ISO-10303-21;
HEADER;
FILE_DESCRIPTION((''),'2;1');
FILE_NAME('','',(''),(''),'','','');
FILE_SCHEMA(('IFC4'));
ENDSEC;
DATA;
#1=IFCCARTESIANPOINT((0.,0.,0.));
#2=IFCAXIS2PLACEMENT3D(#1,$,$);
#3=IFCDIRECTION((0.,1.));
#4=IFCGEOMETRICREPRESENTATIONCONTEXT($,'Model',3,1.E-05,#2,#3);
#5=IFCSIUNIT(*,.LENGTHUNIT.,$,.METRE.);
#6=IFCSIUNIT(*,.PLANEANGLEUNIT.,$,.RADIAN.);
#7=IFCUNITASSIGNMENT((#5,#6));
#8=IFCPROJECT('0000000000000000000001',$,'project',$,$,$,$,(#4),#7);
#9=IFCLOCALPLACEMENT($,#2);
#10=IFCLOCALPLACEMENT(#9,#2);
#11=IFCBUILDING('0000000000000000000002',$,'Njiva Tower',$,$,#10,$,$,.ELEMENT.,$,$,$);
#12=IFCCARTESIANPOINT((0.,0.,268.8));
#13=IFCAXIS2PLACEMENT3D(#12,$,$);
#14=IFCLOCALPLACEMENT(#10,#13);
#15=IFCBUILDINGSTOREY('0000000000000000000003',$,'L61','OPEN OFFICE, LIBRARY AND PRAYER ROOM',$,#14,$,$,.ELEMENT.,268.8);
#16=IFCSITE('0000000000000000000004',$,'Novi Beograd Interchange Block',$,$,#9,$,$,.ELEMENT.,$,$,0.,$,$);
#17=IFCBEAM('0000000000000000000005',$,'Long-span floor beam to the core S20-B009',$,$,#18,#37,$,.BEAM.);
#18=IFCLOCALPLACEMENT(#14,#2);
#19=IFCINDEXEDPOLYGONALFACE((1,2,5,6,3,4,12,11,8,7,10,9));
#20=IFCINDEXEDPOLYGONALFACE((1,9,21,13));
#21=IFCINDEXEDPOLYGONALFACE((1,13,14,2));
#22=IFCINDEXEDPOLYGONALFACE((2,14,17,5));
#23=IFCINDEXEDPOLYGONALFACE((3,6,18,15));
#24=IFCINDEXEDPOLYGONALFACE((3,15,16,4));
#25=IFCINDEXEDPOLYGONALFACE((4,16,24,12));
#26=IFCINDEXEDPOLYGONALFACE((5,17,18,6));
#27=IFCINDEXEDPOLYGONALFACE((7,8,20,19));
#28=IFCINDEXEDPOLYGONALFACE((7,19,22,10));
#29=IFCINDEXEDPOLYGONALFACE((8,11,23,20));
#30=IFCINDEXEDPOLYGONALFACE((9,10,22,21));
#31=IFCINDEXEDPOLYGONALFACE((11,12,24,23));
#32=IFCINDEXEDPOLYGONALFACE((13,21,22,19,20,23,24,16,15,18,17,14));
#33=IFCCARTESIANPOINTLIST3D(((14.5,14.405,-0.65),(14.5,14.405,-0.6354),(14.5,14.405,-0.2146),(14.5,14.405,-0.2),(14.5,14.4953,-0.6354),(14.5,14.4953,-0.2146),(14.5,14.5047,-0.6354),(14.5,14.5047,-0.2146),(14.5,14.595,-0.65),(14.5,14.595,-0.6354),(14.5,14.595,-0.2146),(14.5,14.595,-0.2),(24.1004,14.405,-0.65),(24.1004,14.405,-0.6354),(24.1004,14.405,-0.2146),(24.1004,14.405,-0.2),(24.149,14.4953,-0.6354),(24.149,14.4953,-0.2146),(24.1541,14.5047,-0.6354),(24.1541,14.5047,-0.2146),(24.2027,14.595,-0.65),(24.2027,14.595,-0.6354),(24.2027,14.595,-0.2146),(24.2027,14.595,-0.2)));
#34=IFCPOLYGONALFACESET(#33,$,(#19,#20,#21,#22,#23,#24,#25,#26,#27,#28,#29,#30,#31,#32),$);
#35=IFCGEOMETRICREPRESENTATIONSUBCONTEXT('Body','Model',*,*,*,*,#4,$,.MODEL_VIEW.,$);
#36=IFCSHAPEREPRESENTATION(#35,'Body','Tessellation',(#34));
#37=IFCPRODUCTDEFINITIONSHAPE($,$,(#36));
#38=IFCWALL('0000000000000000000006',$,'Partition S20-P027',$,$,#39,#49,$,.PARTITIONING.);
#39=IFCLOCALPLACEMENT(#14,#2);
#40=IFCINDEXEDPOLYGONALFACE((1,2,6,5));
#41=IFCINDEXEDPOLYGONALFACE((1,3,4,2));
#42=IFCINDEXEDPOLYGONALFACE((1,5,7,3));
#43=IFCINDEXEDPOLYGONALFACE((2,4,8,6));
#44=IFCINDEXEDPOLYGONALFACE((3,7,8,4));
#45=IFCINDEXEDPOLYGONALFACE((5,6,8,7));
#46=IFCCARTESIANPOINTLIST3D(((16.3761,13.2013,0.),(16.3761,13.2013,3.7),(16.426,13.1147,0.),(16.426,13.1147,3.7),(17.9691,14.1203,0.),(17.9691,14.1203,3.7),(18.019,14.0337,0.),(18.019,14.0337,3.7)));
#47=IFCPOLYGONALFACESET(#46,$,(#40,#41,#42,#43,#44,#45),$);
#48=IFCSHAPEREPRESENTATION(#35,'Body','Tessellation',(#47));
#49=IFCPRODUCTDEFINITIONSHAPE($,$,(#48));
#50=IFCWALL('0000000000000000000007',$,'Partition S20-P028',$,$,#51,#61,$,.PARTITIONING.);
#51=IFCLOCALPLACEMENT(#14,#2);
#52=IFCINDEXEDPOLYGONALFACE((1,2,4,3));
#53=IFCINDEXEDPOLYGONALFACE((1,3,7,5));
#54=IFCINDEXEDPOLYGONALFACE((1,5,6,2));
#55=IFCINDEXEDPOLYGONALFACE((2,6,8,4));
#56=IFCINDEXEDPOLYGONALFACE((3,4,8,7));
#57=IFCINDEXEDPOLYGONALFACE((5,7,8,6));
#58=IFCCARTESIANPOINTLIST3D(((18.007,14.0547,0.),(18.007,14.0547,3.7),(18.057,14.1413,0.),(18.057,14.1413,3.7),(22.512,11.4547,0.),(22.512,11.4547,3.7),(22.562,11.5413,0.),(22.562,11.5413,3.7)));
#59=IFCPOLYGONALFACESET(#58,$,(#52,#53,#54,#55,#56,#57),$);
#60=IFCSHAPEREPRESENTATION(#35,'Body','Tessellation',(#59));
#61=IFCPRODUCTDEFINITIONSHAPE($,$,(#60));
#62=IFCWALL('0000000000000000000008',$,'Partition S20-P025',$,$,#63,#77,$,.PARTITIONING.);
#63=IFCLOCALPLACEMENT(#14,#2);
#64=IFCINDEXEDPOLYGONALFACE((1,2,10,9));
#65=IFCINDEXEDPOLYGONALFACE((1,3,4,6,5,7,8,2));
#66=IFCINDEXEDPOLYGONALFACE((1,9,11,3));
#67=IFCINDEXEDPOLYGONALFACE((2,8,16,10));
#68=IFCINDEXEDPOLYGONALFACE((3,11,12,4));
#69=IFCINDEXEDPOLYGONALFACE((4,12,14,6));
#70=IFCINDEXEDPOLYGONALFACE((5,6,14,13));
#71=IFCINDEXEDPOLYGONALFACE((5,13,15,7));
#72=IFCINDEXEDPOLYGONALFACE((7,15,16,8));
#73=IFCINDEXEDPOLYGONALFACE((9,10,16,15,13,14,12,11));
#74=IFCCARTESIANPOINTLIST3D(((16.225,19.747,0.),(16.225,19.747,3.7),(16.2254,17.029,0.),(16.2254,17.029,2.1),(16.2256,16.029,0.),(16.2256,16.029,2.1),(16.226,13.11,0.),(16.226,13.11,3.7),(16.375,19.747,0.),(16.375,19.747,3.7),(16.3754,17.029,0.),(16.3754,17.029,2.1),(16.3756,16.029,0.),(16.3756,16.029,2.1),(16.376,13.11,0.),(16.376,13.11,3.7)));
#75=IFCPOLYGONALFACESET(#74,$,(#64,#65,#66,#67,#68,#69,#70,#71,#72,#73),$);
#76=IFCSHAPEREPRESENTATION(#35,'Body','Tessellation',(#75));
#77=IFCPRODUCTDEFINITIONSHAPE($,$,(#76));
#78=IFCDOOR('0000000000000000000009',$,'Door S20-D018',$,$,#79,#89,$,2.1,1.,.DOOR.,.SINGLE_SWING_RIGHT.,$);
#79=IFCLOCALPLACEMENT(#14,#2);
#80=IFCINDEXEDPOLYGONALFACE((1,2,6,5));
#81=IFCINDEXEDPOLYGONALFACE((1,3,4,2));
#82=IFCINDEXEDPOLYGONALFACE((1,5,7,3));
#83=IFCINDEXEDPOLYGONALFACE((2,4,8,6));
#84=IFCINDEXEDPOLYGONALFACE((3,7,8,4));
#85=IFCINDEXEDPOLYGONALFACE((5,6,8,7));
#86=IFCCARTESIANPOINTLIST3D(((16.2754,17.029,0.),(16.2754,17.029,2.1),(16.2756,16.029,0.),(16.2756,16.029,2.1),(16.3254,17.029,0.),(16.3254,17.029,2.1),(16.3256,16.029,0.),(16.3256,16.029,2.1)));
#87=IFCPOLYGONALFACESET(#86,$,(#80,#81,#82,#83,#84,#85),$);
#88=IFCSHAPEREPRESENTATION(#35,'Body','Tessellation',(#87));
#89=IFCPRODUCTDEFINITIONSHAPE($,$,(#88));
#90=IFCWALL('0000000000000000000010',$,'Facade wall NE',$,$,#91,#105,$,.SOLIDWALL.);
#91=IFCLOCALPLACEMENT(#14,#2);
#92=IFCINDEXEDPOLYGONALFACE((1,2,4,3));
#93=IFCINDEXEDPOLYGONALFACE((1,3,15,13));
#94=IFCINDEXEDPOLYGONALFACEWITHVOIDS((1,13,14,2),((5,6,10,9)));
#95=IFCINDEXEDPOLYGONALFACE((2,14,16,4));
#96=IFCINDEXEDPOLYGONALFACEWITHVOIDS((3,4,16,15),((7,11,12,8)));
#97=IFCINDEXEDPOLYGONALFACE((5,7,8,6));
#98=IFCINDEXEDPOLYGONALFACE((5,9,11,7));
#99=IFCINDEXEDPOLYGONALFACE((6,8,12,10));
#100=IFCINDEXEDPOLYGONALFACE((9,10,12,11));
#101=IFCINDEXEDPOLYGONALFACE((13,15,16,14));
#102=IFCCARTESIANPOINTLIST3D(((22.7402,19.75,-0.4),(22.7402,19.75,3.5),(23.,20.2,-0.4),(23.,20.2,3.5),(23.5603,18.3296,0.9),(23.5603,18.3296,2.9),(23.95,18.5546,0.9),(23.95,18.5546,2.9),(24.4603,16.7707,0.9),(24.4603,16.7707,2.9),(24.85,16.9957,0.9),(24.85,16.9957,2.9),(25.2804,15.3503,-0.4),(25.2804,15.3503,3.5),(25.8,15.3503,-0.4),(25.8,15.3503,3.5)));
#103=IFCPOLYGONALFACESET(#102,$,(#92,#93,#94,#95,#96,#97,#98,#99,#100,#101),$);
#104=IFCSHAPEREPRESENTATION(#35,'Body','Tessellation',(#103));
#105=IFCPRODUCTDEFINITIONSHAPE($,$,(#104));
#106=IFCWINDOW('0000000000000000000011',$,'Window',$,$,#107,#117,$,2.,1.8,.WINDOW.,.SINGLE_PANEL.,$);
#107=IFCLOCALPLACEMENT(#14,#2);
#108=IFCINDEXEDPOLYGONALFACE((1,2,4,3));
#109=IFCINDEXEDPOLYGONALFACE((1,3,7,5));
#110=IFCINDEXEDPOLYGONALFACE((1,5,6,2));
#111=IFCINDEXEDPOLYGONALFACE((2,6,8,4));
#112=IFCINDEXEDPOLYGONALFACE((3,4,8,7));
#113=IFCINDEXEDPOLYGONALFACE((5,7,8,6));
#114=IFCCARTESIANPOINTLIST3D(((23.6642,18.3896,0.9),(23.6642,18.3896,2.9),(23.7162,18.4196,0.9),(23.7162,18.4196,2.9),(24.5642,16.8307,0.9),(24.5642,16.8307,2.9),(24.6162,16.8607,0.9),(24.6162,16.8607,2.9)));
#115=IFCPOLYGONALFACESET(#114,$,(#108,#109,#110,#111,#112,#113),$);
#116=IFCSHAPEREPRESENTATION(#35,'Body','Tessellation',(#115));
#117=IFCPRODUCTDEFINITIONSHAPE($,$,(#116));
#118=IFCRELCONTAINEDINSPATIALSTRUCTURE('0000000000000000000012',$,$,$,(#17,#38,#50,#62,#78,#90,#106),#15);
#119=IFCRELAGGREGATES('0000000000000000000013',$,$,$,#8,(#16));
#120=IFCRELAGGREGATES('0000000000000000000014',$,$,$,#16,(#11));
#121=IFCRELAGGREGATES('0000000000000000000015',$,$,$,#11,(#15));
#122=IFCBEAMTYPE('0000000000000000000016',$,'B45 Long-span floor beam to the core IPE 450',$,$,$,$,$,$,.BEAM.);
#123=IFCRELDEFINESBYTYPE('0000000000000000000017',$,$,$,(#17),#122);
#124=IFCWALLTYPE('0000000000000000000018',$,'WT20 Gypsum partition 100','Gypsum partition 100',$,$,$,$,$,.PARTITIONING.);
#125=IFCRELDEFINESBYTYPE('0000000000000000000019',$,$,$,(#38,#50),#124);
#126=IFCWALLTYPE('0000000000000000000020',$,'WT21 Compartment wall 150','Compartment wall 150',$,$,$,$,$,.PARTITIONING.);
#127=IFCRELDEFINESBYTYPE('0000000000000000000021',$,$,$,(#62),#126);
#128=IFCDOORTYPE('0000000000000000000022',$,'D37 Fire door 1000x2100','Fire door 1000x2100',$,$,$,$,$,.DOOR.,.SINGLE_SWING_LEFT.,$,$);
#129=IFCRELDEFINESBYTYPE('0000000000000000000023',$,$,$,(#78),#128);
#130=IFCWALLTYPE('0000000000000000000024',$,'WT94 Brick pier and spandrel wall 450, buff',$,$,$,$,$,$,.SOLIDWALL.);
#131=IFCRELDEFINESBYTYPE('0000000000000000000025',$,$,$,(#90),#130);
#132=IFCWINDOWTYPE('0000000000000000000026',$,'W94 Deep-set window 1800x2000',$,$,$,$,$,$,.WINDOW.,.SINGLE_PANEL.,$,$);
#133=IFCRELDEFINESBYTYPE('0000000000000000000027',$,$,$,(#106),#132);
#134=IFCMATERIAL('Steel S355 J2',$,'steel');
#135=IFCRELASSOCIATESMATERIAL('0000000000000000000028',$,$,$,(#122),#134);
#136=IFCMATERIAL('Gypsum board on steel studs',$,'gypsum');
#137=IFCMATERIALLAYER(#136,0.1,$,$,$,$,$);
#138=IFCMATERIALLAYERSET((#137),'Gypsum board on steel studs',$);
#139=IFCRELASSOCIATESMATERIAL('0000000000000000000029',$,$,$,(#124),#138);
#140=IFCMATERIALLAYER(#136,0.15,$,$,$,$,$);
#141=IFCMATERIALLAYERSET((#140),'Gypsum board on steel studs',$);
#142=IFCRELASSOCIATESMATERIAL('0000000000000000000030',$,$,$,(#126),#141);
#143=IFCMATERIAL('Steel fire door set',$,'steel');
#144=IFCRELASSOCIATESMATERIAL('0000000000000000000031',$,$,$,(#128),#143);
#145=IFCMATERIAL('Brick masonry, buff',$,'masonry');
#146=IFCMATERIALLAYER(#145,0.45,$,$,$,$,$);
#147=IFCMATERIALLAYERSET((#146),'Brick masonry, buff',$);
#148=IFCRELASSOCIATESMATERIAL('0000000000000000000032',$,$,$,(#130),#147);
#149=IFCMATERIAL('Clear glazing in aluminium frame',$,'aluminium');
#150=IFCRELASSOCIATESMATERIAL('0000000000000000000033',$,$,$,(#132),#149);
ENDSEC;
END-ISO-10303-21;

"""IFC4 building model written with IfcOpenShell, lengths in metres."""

from ifc_helpers import new_model, si_unit, direction, frame, frame_2d, origin, origin_2d, place, context, subcontext, project, spatial, polyline, rectangle, i_section, outline, extrude, clip, halfspace, material, layer, layer_set, material_profile, profile_set, type_object, element, fill, save


model = new_model("IFC4")

# Units and contexts
model_context = context("Model", 3, precision=1e-05, world=origin(), true_north=direction((0.0, 1.0)))
body_context = subcontext(model_context, "Body", "Model", "MODEL_VIEW")
ifc_project = project(units=[si_unit("LENGTHUNIT", "METRE"), si_unit("PLANEANGLEUNIT", "RADIAN")], contexts=[model_context])

# Site, building, storey
site_placement = place(None, origin())
site = spatial("IfcSite", under=ifc_project, at=site_placement, Name="Novi Beograd Interchange Block", CompositionType="ELEMENT", RefElevation=0.0)
building_placement = place(site_placement, origin())
building = spatial("IfcBuilding", under=site, at=building_placement, Name="Njiva Tower", CompositionType="ELEMENT")
storey_placement = place(building_placement, frame((0.0, 0.0, 268.8)))
storey = spatial("IfcBuildingStorey", under=building, at=storey_placement, Name="L61", Description="OPEN OFFICE, LIBRARY AND PRAYER ROOM", CompositionType="ELEMENT", Elevation=268.8)

# Shared definitions
ifc_material_1 = material(Name="Steel S355 J2", Category="steel")

# Beam
ifc_material_profile_1 = material_profile(ifc_material_1, i_section(OverallWidth=0.19, OverallDepth=0.45, WebThickness=0.0094, FlangeThickness=0.0146, at=origin_2d()), Name="IPE 450")
ifc_profile_set_1 = profile_set([ifc_material_profile_1], Name="Steel S355 J2")
beam_type_1 = type_object("IfcBeamType", Name="B45 Long-span floor beam to the core IPE 450", PredefinedType="BEAM", material=ifc_profile_set_1)
beam_1_placement = place(storey_placement, frame((14.5, 14.5, -0.425), z_axis=(1.0, 0.0, 0.0), x_axis=(0.0, 1.0, 0.0)))
element("IfcBeam", 1, at=beam_1_placement, inside=storey, type_object=beam_type_1, Name="Long-span floor beam to the core S20-B009", PredefinedType="BEAM", context=body_context, shape_type="Clipping", body=[
    clip(extrude(i_section(OverallWidth=0.19, OverallDepth=0.45, WebThickness=0.0094, FlangeThickness=0.0146, at=origin_2d()), origin(), (0.0, 0.0, 1.0), 9.723), halfspace(frame((-0.0237, 0.0, 9.6388), z_axis=(-0.473769, 0.0, 0.880649), x_axis=(0.0, 1.0, 0.0)), False)),
])

# Walls
ifc_material_2 = material(Name="Gypsum board on steel studs", Category="gypsum")
ifc_layer_1 = layer(ifc_material_2, 0.1)
ifc_layer_set_1 = layer_set([ifc_layer_1], Name="Gypsum board on steel studs")
wall_type_1 = type_object("IfcWallType", Name="WT20 Gypsum partition 100", Description="Gypsum partition 100", PredefinedType="PARTITIONING", material=ifc_layer_set_1)
wall_1_placement = place(storey_placement, frame((16.401, 13.158, 0.0), z_axis=(0.0, 0.0, 1.0), x_axis=(0.866195, 0.499707, 0.0)))
element("IfcWall", 2, at=wall_1_placement, inside=storey, type_object=wall_type_1, Name="Partition S20-P027", PredefinedType="PARTITIONING", context=body_context, shape_type="SweptSolid", body=[
    extrude(rectangle(XDim=1.8391, YDim=0.1, at=frame_2d((0.9196, 0.0))), origin(), (0.0, 0.0, 1.0), 3.7),
])
wall_2_placement = place(storey_placement, frame((18.032, 14.098, 0.0), z_axis=(0.0, 0.0, 1.0), x_axis=(0.866106, -0.499861, 0.0)))
element("IfcWall", 3, at=wall_2_placement, inside=storey, type_object=wall_type_1, Name="Partition S20-P028", PredefinedType="PARTITIONING", context=body_context, shape_type="SweptSolid", body=[
    extrude(rectangle(XDim=5.2014, YDim=0.1, at=frame_2d((2.6007, 0.0))), origin(), (0.0, 0.0, 1.0), 3.7),
])

# Wall, opening, door
ifc_layer_2 = layer(ifc_material_2, 0.15)
ifc_layer_set_2 = layer_set([ifc_layer_2], Name="Gypsum board on steel studs")
wall_type_2 = type_object("IfcWallType", Name="WT21 Compartment wall 150", Description="Compartment wall 150", PredefinedType="PARTITIONING", material=ifc_layer_set_2)
wall_3_placement = place(storey_placement, frame((16.3, 19.747, 0.0), z_axis=(0.0, 0.0, 1.0), x_axis=(0.000151, -1.0, 0.0)))
wall_3 = element("IfcWall", 4, at=wall_3_placement, inside=storey, type_object=wall_type_2, Name="Partition S20-P025", PredefinedType="PARTITIONING", context=body_context, shape_type="SweptSolid", body=[
    extrude(rectangle(XDim=6.637, YDim=0.15, at=frame_2d((3.3185, 0.0))), origin(), (0.0, 0.0, 1.0), 3.7),
])
opening_1_placement = place(wall_3_placement, frame((2.718, 0.0, 0.0)))
opening_1 = element("IfcOpeningElement", 5, at=opening_1_placement, cuts=wall_3, PredefinedType="OPENING", context=body_context, shape_type="SweptSolid", body=[
    extrude(rectangle(XDim=1.0, YDim=2.1, at=frame_2d((0.5, 1.05))), frame((0.0, 0.085, 0.0), z_axis=(0.0, -1.0, 0.0), x_axis=(1.0, 0.0, 0.0)), (0.0, 0.0, 1.0), 0.17),
])
ifc_material_3 = material(Name="Steel fire door set", Category="steel")
door_type = type_object("IfcDoorType", Name="D37 Fire door 1000x2100", Description="Fire door 1000x2100", OperationType="SINGLE_SWING_LEFT", PredefinedType="DOOR", material=ifc_material_3)
door_placement = place(opening_1_placement, origin())
door = element("IfcDoor", 6, at=door_placement, inside=storey, type_object=door_type, Name="Door S20-D018", OperationType="SINGLE_SWING_RIGHT", OverallHeight=2.1, OverallWidth=1.0, PredefinedType="DOOR", context=body_context, shape_type="SweptSolid", body=[
    extrude(rectangle(XDim=1.0, YDim=2.1, at=frame_2d((0.5, 1.05))), frame((0.0, 0.025, 0.0), z_axis=(0.0, -1.0, 0.0), x_axis=(1.0, 0.0, 0.0)), (0.0, 0.0, 1.0), 0.05),
])
fill(opening_1, door)

# Shared definitions
ifc_material_4 = material(Name="Clear glazing in aluminium frame", Category="aluminium")

# Wall, opening, window
ifc_material_5 = material(Name="Brick masonry, buff", Category="masonry")
ifc_layer_3 = layer(ifc_material_5, 0.45)
ifc_layer_set_3 = layer_set([ifc_layer_3], Name="Brick masonry, buff")
wall_type_3 = type_object("IfcWallType", Name="WT94 Brick pier and spandrel wall 450, buff", PredefinedType="SOLIDWALL", material=ifc_layer_set_3)
wall_4_placement = place(storey_placement, frame((25.5402, 15.3503, -0.4), z_axis=(0.0, 0.0, 1.0), x_axis=(-0.500004, 0.866023, 0.0)))
wall_4 = element("IfcWall", 7, at=wall_4_placement, inside=storey, type_object=wall_type_3, Name="Facade wall NE", PredefinedType="SOLIDWALL", context=body_context, shape_type="SweptSolid", body=[
    extrude(outline(polyline([(-0.1299, -0.225), (5.4701, -0.225), (5.2103, 0.225), (0.1299, 0.225), (-0.1299, -0.225)])), origin(), (0.0, 0.0, 1.0), 3.9),
])
opening_2_placement = place(wall_4_placement, frame((1.7701, 0.0, 1.3)))
opening_2 = element("IfcOpeningElement", 8, at=opening_2_placement, cuts=wall_4, PredefinedType="OPENING", context=body_context, shape_type="SweptSolid", body=[
    extrude(rectangle(XDim=1.8, YDim=2.0, at=frame_2d((0.9, 1.0))), frame((0.0, 0.235, 0.0), z_axis=(0.0, -1.0, 0.0), x_axis=(1.0, 0.0, 0.0)), (0.0, 0.0, 1.0), 0.47),
])
window_type_1 = type_object("IfcWindowType", Name="W94 Deep-set window 1800x2000", PartitioningType="SINGLE_PANEL", PredefinedType="WINDOW", material=ifc_material_4)
window_1_placement = place(opening_2_placement, origin())
window_1 = element("IfcWindow", 9, at=window_1_placement, inside=storey, type_object=window_type_1, Name="Window", OverallHeight=2.0, OverallWidth=1.8, PartitioningType="SINGLE_PANEL", PredefinedType="WINDOW", context=body_context, shape_type="SweptSolid", body=[
    extrude(rectangle(XDim=1.8, YDim=2.0, at=frame_2d((0.9, 1.0))), frame((0.0, 0.105, 0.0), z_axis=(0.0, -1.0, 0.0), x_axis=(1.0, 0.0, 0.0)), (0.0, 0.0, 1.0), 0.06),
])
fill(opening_2, window_1)

save(model, "model.ifc")
